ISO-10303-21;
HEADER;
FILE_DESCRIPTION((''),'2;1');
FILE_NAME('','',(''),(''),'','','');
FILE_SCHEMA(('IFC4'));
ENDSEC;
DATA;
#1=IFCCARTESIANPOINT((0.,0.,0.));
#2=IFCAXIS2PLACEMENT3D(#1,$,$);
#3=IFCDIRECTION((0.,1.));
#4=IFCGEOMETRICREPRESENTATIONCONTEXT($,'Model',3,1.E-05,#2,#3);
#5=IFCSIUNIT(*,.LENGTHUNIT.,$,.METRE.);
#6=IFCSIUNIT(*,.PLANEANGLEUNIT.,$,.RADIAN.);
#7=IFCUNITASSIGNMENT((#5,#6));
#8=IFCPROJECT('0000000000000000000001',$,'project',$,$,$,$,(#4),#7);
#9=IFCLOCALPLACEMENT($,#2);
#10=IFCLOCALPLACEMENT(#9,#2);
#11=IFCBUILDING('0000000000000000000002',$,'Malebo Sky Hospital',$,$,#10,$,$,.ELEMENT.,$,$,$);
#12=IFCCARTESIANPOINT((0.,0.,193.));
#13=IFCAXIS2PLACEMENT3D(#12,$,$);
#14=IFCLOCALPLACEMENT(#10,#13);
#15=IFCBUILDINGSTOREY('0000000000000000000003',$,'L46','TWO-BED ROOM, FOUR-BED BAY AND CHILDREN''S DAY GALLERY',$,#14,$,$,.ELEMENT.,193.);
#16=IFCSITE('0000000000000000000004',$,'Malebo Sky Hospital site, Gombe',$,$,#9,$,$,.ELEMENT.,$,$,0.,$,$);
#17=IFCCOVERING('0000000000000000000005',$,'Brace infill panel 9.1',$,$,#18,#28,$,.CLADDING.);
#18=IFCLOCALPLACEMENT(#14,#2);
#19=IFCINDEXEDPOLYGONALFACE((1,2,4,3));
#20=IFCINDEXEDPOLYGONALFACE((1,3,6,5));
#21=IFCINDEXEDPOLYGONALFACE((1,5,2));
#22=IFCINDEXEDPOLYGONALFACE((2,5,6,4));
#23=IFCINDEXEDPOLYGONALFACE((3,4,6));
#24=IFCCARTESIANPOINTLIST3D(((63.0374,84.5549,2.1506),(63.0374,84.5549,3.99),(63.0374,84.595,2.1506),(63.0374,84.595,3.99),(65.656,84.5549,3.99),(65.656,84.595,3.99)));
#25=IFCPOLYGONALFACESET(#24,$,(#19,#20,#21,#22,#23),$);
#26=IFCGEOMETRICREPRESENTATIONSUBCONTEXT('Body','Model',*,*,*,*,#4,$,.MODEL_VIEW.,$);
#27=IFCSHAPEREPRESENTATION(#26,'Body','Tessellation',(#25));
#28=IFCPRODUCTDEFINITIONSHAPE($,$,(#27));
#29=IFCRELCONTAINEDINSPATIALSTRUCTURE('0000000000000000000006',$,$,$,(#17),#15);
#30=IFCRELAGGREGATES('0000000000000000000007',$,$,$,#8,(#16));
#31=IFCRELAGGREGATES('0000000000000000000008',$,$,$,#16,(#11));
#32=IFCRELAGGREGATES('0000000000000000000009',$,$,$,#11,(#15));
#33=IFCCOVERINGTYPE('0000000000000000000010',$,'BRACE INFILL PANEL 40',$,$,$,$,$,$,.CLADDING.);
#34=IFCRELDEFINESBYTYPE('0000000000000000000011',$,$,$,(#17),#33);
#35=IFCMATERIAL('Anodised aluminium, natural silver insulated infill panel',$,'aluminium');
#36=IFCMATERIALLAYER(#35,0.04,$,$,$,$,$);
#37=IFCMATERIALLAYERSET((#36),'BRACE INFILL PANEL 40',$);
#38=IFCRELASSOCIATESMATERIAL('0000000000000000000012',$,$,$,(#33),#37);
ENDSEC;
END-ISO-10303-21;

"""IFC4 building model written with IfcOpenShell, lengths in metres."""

from ifc_helpers import new_model, si_unit, direction, frame, origin, place, context, subcontext, project, spatial, polyline, outline, extrude, material, layer, layer_set, type_object, element, save


model = new_model("IFC4")

# Units and contexts
model_context = context("Model", 3, precision=1e-05, world=origin(), true_north=direction((0.0, 1.0)))
body_context = subcontext(model_context, "Body", "Model", "MODEL_VIEW")
ifc_project = project(units=[si_unit("LENGTHUNIT", "METRE"), si_unit("PLANEANGLEUNIT", "RADIAN")], contexts=[model_context])

# Site, building, storey
site_placement = place(None, origin())
site = spatial("IfcSite", under=ifc_project, at=site_placement, Name="Malebo Sky Hospital site, Gombe", CompositionType="ELEMENT", RefElevation=0.0)
building_placement = place(site_placement, origin())
building = spatial("IfcBuilding", under=site, at=building_placement, Name="Malebo Sky Hospital", CompositionType="ELEMENT")
storey_placement = place(building_placement, frame((0.0, 0.0, 193.0)))
storey = spatial("IfcBuildingStorey", under=building, at=storey_placement, Name="L46", Description="TWO-BED ROOM, FOUR-BED BAY AND CHILDREN'S DAY GALLERY", CompositionType="ELEMENT", Elevation=193.0)

# Covering
ifc_material_1 = material(Name="Anodised aluminium, natural silver insulated infill panel", Category="aluminium")
ifc_layer_1 = layer(ifc_material_1, 0.04)
ifc_layer_set_1 = layer_set([ifc_layer_1], Name="BRACE INFILL PANEL 40")
covering_type = type_object("IfcCoveringType", Name="BRACE INFILL PANEL 40", PredefinedType="CLADDING", material=ifc_layer_set_1)
covering_1_placement = place(storey_placement, frame((64.3467, 84.575, 2.1506), z_axis=(0.0, 0.0, 1.0), x_axis=(1.0, 0.0, 0.0)))
element("IfcCovering", 1, at=covering_1_placement, inside=storey, type_object=covering_type, Name="Brace infill panel 9.1", PredefinedType="CLADDING", context=body_context, shape_type="SweptSolid", body=[
    extrude(outline(polyline([(-1.3093, 0.0), (1.3093, 1.8394), (-1.3093, 1.8394), (-1.3093, 0.0)])), frame((0.0, 0.02, 0.0), z_axis=(0.0, -1.0, 0.0), x_axis=(1.0, 0.0, 0.0)), (0.0, 0.0, 1.0), 0.04),
])

save(model, "model.ifc")
